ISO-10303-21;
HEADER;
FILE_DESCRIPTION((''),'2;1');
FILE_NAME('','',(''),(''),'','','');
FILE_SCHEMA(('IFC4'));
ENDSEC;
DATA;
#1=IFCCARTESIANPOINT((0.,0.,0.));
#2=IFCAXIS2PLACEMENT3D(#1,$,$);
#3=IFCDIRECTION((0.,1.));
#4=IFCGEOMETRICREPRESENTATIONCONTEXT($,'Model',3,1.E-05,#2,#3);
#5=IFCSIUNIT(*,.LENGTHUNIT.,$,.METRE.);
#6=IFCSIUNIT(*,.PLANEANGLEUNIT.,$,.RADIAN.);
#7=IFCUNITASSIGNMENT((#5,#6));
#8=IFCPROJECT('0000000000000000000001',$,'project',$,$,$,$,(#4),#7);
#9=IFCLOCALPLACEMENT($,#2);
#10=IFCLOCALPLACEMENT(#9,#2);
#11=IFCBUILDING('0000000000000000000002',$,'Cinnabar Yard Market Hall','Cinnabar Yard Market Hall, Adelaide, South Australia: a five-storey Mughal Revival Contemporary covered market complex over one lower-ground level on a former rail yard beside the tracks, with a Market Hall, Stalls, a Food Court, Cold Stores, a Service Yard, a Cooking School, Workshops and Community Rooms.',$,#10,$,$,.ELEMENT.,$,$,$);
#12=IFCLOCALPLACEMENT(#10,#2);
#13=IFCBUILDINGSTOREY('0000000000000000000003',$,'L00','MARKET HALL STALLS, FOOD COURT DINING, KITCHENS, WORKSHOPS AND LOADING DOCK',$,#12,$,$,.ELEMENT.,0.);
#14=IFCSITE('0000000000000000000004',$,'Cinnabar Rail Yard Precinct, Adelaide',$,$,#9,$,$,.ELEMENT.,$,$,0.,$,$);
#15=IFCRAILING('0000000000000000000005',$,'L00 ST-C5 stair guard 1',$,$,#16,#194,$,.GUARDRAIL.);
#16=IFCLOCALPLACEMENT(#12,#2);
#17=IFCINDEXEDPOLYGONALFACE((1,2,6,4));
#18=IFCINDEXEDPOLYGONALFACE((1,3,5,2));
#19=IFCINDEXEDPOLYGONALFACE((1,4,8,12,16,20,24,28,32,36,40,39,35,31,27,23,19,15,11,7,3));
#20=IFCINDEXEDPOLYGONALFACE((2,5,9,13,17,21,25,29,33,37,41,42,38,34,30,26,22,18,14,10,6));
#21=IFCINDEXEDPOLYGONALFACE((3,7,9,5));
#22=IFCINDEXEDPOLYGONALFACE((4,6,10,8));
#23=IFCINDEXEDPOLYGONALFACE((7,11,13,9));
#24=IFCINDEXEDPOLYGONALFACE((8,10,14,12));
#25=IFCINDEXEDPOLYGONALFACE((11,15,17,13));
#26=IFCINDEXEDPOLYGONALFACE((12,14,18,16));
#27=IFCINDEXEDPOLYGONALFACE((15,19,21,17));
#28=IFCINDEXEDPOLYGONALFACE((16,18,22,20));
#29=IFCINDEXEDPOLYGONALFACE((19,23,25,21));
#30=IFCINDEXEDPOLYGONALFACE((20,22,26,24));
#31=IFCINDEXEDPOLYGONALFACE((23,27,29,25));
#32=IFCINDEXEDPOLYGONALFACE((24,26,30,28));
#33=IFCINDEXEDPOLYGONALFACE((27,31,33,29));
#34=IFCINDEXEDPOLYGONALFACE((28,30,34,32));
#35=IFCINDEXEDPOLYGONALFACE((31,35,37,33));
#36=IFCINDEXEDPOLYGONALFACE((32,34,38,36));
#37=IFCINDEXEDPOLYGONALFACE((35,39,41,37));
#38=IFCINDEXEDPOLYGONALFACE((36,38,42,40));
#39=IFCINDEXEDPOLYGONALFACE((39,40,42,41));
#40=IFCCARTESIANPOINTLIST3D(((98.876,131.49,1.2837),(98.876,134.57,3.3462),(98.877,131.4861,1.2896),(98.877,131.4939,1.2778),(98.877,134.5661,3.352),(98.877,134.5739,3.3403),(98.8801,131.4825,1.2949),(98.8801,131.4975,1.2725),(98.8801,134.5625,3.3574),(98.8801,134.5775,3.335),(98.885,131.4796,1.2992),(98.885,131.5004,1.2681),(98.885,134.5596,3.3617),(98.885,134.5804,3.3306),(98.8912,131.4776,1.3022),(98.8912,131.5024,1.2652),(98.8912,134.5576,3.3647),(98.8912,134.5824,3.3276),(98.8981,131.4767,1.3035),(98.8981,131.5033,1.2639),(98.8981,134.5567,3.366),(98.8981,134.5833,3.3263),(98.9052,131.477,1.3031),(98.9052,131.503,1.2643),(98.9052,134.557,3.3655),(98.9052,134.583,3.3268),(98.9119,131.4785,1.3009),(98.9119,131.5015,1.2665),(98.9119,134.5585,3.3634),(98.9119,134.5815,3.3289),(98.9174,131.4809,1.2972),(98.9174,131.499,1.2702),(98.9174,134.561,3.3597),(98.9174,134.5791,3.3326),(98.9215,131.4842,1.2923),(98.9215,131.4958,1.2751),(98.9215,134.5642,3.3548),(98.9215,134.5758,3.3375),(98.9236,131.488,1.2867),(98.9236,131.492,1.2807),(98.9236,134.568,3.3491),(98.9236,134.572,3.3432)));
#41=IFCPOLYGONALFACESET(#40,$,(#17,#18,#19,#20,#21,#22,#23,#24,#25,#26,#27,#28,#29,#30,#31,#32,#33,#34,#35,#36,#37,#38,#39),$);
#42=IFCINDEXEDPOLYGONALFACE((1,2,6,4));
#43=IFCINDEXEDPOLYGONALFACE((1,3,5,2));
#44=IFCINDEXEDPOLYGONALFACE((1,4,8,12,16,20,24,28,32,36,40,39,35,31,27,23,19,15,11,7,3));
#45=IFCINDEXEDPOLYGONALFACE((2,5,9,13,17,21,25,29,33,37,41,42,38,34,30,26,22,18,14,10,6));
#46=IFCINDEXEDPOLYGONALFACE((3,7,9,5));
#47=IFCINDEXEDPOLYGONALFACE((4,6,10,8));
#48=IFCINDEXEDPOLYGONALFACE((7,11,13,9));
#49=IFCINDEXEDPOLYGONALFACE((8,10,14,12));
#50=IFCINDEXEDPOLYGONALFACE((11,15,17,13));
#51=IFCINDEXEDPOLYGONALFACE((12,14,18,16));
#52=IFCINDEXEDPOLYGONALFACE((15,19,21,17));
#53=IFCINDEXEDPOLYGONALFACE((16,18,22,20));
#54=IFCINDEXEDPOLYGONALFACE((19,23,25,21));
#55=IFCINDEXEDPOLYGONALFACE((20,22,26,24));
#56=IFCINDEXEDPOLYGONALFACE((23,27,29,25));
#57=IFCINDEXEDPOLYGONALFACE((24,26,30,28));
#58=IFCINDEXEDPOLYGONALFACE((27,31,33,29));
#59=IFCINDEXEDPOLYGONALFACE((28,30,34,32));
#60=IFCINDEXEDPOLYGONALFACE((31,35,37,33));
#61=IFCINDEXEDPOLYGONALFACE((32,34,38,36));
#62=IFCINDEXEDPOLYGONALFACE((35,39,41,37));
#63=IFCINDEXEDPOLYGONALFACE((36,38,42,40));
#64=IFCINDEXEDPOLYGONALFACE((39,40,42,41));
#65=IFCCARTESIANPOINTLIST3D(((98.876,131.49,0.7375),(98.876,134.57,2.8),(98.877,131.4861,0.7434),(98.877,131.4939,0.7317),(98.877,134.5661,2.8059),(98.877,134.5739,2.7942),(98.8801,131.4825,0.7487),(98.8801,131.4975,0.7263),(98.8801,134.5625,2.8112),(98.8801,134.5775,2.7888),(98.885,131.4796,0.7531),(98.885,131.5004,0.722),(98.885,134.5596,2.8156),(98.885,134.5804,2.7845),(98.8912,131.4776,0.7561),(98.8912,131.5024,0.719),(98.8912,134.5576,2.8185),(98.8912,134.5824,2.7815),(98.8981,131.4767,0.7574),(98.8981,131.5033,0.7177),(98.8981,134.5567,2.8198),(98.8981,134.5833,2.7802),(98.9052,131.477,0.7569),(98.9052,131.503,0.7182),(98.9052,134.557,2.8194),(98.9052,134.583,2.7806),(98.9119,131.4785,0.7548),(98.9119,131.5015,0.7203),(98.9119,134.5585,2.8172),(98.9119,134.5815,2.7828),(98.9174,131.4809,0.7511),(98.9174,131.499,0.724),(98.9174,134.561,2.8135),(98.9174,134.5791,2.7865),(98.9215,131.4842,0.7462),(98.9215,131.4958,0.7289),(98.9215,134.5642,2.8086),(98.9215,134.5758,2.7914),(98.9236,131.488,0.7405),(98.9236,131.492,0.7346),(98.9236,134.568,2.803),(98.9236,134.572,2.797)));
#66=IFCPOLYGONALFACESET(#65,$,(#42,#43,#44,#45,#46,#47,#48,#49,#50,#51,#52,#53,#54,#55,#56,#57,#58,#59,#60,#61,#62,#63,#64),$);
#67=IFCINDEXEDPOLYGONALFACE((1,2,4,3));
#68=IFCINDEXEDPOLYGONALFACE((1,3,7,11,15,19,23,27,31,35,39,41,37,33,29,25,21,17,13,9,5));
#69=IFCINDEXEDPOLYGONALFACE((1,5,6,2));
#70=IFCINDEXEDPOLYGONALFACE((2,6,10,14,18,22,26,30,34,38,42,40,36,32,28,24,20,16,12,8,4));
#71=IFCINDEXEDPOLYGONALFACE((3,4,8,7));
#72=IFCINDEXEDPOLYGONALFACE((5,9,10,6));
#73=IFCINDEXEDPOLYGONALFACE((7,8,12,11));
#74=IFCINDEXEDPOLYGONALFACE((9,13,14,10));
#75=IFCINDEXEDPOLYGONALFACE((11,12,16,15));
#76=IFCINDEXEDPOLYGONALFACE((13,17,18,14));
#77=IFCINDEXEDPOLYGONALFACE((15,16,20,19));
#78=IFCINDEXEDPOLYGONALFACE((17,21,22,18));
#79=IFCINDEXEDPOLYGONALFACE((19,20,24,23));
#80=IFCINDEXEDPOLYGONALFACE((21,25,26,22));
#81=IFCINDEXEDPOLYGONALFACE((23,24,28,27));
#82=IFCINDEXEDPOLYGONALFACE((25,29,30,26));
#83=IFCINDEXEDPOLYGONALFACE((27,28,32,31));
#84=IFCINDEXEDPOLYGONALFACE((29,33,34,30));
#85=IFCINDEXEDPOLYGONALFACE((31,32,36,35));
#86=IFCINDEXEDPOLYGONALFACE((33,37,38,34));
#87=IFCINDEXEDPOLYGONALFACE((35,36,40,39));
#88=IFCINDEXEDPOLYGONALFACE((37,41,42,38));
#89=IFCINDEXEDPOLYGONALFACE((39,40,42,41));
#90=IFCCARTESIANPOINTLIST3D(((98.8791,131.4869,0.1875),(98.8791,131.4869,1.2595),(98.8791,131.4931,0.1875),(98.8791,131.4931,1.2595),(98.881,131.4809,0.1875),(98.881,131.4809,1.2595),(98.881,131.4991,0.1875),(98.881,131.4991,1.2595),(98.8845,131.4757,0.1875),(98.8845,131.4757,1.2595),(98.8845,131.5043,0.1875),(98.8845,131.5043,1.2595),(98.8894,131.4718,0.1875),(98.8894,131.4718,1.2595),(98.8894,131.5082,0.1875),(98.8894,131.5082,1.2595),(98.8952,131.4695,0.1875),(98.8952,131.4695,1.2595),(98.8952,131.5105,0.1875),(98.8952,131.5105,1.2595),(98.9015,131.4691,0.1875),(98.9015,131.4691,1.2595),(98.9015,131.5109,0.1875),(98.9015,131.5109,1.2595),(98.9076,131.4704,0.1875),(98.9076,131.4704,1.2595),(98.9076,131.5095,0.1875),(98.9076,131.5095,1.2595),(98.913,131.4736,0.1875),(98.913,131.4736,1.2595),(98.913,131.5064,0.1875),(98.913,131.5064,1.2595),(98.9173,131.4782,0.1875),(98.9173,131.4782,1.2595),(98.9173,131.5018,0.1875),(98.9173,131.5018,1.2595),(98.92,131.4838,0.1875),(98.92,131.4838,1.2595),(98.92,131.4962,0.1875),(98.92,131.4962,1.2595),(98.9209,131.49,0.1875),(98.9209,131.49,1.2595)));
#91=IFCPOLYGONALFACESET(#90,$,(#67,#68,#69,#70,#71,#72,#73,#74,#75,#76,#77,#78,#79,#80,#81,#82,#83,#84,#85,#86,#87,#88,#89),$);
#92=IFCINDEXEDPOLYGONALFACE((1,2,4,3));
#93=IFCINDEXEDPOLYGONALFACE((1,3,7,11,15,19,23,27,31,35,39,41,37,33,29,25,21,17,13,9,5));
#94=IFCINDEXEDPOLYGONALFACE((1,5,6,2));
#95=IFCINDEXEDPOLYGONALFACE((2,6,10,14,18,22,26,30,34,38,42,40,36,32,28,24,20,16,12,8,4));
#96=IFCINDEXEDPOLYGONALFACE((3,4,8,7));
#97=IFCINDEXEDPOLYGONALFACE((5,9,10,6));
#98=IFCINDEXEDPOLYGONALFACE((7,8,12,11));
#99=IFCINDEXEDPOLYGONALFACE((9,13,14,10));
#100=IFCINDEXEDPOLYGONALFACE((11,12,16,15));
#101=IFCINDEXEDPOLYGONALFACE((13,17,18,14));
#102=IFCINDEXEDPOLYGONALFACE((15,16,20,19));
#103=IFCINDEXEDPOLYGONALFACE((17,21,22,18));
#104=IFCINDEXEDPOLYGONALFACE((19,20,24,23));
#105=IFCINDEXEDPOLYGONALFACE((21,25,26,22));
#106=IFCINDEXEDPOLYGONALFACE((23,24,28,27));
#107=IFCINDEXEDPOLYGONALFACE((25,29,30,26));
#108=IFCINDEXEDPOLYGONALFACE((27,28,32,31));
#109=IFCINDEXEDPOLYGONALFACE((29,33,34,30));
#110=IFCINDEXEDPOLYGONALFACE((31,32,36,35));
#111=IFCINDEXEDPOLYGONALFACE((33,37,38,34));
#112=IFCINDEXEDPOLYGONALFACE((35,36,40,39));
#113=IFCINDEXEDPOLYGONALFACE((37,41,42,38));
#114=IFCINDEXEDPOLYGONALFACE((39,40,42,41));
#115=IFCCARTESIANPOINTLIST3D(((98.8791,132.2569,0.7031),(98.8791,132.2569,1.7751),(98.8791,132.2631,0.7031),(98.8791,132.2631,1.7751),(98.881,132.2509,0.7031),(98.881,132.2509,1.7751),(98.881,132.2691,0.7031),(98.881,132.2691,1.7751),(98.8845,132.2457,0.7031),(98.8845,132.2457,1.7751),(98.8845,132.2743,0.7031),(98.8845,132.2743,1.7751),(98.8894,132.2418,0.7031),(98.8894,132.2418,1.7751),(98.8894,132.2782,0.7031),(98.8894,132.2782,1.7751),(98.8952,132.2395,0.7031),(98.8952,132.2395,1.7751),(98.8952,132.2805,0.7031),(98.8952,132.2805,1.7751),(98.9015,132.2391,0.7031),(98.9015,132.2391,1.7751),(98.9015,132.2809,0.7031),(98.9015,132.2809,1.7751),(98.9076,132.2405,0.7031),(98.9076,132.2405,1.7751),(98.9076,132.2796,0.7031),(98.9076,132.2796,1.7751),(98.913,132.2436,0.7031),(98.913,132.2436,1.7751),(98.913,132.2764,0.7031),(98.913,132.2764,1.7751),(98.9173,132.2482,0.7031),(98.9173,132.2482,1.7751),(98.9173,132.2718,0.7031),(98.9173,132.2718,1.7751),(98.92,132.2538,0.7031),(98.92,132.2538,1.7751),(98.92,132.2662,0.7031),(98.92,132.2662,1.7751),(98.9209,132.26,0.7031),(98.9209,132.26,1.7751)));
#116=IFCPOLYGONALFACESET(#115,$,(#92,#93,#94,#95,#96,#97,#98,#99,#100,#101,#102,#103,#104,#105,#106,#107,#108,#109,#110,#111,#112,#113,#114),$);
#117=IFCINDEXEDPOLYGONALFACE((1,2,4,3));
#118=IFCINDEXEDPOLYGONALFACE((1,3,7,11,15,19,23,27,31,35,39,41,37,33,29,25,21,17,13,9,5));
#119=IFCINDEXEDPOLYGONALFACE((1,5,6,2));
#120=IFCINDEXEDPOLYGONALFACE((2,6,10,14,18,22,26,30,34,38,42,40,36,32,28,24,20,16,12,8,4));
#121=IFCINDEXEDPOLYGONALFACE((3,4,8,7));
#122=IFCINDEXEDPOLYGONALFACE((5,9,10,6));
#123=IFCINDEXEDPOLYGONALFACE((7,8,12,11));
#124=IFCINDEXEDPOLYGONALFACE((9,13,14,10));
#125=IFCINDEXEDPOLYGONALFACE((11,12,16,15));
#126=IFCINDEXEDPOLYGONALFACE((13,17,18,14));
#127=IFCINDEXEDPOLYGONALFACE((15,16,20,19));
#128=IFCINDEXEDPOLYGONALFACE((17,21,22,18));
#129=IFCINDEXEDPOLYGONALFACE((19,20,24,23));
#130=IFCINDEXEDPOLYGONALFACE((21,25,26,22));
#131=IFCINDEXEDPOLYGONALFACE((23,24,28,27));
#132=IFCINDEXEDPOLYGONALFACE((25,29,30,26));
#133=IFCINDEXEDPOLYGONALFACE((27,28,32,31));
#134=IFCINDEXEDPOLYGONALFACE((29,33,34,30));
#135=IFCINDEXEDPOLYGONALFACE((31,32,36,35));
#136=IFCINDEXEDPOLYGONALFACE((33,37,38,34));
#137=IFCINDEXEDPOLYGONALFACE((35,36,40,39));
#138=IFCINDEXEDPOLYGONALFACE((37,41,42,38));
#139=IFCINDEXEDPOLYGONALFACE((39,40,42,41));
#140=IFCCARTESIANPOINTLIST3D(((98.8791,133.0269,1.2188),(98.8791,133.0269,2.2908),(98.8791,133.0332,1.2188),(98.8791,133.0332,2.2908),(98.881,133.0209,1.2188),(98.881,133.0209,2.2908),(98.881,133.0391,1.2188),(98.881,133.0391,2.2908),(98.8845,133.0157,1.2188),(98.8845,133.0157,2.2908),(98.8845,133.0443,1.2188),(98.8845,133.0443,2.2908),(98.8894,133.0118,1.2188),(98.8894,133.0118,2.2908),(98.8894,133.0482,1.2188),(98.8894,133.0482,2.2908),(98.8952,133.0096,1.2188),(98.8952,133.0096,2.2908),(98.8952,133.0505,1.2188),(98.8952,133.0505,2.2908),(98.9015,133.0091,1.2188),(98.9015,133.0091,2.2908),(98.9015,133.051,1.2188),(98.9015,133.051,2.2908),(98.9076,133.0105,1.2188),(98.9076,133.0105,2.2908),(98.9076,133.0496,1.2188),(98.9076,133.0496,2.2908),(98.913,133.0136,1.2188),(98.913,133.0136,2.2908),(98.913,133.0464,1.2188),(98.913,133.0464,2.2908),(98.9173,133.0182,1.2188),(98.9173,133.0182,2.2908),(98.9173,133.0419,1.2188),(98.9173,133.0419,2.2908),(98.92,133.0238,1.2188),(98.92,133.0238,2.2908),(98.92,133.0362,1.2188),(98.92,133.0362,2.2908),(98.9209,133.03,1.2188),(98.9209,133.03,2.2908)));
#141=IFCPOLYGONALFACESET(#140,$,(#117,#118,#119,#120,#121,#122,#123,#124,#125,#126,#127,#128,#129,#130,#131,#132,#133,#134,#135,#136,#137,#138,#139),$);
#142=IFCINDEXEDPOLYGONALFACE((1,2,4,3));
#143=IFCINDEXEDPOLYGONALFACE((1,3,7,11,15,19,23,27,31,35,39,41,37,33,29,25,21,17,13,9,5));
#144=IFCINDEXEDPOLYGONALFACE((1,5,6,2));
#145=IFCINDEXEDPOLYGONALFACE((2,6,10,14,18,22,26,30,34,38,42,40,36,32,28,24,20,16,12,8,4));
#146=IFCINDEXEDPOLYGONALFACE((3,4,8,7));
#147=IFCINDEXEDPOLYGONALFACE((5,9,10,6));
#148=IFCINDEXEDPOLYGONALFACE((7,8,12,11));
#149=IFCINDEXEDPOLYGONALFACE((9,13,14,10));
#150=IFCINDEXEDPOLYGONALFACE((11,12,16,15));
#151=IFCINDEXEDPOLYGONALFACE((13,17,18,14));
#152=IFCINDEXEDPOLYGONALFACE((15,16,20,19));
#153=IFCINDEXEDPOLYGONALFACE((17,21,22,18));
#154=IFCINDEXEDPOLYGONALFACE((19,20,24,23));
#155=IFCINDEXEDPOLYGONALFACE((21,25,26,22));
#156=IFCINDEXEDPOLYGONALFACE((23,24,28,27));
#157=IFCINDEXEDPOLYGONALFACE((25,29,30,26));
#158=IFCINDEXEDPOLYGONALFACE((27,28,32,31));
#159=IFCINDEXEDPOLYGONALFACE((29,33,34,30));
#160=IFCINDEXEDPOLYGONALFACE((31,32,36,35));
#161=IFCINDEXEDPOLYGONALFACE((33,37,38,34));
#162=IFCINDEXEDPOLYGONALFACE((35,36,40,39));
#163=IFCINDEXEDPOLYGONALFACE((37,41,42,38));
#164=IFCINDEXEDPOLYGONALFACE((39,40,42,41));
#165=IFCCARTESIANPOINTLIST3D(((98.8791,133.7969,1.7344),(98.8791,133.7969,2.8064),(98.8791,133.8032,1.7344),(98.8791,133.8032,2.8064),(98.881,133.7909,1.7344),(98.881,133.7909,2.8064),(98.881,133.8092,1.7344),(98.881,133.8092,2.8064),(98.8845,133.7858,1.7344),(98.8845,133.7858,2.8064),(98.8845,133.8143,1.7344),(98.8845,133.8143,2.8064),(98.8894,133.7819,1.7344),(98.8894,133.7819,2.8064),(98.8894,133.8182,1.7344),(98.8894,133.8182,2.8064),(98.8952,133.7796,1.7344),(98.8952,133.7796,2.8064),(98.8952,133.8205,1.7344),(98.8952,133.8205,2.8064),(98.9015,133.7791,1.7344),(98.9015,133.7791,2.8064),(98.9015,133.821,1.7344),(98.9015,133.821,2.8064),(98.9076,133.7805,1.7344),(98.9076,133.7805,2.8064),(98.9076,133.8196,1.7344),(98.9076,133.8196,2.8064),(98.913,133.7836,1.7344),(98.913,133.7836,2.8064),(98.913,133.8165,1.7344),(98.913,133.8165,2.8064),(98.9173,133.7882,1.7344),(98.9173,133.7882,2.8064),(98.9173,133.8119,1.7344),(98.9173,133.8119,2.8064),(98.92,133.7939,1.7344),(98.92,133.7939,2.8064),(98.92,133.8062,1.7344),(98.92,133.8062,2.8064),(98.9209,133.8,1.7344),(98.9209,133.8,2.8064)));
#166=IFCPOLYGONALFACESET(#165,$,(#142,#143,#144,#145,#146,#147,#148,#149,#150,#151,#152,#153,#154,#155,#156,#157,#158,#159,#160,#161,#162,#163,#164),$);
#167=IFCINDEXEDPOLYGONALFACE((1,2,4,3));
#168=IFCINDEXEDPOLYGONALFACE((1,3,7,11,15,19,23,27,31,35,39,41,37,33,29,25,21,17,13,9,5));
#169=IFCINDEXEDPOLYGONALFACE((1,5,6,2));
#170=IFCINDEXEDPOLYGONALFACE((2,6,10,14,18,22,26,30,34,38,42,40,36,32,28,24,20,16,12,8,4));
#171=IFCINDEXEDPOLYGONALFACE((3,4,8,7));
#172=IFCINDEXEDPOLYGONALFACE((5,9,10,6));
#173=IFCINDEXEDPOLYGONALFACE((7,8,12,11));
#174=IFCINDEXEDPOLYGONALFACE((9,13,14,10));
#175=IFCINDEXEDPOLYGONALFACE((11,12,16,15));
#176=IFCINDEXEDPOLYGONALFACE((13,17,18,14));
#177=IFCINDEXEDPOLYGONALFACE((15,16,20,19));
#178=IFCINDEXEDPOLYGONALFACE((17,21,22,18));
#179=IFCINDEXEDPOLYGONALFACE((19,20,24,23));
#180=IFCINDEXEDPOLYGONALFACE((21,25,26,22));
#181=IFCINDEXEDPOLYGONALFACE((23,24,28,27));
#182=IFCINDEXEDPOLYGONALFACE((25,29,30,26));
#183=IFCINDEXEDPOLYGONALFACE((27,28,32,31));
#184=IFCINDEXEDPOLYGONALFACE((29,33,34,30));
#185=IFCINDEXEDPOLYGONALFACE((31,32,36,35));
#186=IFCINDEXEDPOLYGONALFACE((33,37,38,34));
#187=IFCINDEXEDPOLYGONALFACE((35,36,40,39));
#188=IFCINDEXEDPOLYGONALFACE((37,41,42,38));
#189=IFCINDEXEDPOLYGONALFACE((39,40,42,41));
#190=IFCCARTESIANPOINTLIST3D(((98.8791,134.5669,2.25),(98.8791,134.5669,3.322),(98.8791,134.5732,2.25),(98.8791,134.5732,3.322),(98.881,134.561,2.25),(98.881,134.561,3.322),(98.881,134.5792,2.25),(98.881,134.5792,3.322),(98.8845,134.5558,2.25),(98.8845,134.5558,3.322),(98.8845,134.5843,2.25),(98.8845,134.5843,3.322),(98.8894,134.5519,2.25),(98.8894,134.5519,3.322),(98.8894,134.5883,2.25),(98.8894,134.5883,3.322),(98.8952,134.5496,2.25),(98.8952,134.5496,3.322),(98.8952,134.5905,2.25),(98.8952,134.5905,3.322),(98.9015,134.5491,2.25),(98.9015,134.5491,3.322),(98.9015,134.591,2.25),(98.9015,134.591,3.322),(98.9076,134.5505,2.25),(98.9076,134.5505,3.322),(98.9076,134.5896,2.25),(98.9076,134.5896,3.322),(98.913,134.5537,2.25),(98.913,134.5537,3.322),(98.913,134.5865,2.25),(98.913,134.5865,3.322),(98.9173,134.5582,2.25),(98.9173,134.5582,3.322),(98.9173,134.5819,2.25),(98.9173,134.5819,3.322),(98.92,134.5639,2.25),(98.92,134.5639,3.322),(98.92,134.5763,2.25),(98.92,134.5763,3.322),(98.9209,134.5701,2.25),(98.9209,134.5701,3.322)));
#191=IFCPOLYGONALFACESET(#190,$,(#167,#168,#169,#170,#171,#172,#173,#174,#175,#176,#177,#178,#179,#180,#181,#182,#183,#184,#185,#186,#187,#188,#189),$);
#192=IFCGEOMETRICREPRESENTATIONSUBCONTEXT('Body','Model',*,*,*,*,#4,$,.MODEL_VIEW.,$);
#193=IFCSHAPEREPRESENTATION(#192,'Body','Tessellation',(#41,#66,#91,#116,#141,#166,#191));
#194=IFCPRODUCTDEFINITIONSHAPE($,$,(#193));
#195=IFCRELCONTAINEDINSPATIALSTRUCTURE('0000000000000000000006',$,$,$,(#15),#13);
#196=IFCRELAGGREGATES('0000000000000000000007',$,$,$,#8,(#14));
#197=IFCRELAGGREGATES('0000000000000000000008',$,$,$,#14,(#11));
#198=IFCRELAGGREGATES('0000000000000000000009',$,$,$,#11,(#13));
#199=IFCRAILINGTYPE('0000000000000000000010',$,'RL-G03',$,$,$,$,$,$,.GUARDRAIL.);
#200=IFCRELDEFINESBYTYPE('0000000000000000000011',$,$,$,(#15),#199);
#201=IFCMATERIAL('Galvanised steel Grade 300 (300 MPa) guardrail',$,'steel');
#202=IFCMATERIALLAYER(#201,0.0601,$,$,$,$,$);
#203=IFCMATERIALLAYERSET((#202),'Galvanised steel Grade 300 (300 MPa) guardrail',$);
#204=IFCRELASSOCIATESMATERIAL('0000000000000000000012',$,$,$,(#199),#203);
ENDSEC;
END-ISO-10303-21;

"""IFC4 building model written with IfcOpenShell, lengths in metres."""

from ifc_helpers import new_model, si_unit, direction, frame, origin, origin_2d_with_axis, place, context, subcontext, project, spatial, circle, extrude, material, layer, layer_set, type_object, element, save


model = new_model("IFC4")

# Units and contexts
model_context = context("Model", 3, precision=1e-05, world=origin(), true_north=direction((0.0, 1.0)))
body_context = subcontext(model_context, "Body", "Model", "MODEL_VIEW")
ifc_project = project(units=[si_unit("LENGTHUNIT", "METRE"), si_unit("PLANEANGLEUNIT", "RADIAN")], contexts=[model_context])

# Site, building, storey
site_placement = place(None, origin())
site = spatial("IfcSite", under=ifc_project, at=site_placement, Name="Cinnabar Rail Yard Precinct, Adelaide", CompositionType="ELEMENT", RefElevation=0.0)
building_placement = place(site_placement, origin())
building = spatial("IfcBuilding", under=site, at=building_placement, Name="Cinnabar Yard Market Hall", Description="Cinnabar Yard Market Hall, Adelaide, South Australia: a five-storey Mughal Revival Contemporary covered market complex over one lower-ground level on a former rail yard beside the tracks, with a Market Hall, Stalls, a Food Court, Cold Stores, a Service Yard, a Cooking School, Workshops and Community Rooms.", CompositionType="ELEMENT")
storey_placement = place(building_placement, origin())
storey = spatial("IfcBuildingStorey", under=building, at=storey_placement, Name="L00", Description="MARKET HALL STALLS, FOOD COURT DINING, KITCHENS, WORKSHOPS AND LOADING DOCK", CompositionType="ELEMENT", Elevation=0.0)

# Railing
ifc_material_1 = material(Name="Galvanised steel Grade 300 (300 MPa) guardrail", Category="steel")
ifc_layer_1 = layer(ifc_material_1, 0.0601)
ifc_layer_set_1 = layer_set([ifc_layer_1], Name="Galvanised steel Grade 300 (300 MPa) guardrail")
railing_type = type_object("IfcRailingType", Name="RL-G03", PredefinedType="GUARDRAIL", material=ifc_layer_set_1)
railing_1_placement = place(storey_placement, frame((98.8999, 131.49, 0.1875)))
element("IfcRailing", 1, at=railing_1_placement, inside=storey, type_object=railing_type, Name="L00 ST-C5 stair guard 1", PredefinedType="GUARDRAIL", context=body_context, shape_type="SweptSolid", body=[
    extrude(circle(Radius=0.0239, at=origin_2d_with_axis()), frame((0.0, 0.0, 1.0962), z_axis=(0.0, 0.830914, 0.556401), x_axis=(-1.0, 0.0, 0.0)), (0.0, 0.0, 1.0), 3.7068),
    extrude(circle(Radius=0.0239, at=origin_2d_with_axis()), frame((0.0, 0.0, 0.55), z_axis=(0.0, 0.830914, 0.556401), x_axis=(-1.0, 0.0, 0.0)), (0.0, 0.0, 1.0), 3.7068),
    extrude(circle(Radius=0.021, at=origin_2d_with_axis()), origin(), (0.0, 0.0, 1.0), 1.072),
    extrude(circle(Radius=0.021, at=origin_2d_with_axis()), frame((0.0, 0.77, 0.5156)), (0.0, 0.0, 1.0), 1.072),
    extrude(circle(Radius=0.021, at=origin_2d_with_axis()), frame((0.0, 1.54, 1.0312)), (0.0, 0.0, 1.0), 1.072),
    extrude(circle(Radius=0.021, at=origin_2d_with_axis()), frame((0.0, 2.3101, 1.5469)), (0.0, 0.0, 1.0), 1.072),
    extrude(circle(Radius=0.021, at=origin_2d_with_axis()), frame((0.0, 3.0801, 2.0625)), (0.0, 0.0, 1.0), 1.072),
])

save(model, "model.ifc")
